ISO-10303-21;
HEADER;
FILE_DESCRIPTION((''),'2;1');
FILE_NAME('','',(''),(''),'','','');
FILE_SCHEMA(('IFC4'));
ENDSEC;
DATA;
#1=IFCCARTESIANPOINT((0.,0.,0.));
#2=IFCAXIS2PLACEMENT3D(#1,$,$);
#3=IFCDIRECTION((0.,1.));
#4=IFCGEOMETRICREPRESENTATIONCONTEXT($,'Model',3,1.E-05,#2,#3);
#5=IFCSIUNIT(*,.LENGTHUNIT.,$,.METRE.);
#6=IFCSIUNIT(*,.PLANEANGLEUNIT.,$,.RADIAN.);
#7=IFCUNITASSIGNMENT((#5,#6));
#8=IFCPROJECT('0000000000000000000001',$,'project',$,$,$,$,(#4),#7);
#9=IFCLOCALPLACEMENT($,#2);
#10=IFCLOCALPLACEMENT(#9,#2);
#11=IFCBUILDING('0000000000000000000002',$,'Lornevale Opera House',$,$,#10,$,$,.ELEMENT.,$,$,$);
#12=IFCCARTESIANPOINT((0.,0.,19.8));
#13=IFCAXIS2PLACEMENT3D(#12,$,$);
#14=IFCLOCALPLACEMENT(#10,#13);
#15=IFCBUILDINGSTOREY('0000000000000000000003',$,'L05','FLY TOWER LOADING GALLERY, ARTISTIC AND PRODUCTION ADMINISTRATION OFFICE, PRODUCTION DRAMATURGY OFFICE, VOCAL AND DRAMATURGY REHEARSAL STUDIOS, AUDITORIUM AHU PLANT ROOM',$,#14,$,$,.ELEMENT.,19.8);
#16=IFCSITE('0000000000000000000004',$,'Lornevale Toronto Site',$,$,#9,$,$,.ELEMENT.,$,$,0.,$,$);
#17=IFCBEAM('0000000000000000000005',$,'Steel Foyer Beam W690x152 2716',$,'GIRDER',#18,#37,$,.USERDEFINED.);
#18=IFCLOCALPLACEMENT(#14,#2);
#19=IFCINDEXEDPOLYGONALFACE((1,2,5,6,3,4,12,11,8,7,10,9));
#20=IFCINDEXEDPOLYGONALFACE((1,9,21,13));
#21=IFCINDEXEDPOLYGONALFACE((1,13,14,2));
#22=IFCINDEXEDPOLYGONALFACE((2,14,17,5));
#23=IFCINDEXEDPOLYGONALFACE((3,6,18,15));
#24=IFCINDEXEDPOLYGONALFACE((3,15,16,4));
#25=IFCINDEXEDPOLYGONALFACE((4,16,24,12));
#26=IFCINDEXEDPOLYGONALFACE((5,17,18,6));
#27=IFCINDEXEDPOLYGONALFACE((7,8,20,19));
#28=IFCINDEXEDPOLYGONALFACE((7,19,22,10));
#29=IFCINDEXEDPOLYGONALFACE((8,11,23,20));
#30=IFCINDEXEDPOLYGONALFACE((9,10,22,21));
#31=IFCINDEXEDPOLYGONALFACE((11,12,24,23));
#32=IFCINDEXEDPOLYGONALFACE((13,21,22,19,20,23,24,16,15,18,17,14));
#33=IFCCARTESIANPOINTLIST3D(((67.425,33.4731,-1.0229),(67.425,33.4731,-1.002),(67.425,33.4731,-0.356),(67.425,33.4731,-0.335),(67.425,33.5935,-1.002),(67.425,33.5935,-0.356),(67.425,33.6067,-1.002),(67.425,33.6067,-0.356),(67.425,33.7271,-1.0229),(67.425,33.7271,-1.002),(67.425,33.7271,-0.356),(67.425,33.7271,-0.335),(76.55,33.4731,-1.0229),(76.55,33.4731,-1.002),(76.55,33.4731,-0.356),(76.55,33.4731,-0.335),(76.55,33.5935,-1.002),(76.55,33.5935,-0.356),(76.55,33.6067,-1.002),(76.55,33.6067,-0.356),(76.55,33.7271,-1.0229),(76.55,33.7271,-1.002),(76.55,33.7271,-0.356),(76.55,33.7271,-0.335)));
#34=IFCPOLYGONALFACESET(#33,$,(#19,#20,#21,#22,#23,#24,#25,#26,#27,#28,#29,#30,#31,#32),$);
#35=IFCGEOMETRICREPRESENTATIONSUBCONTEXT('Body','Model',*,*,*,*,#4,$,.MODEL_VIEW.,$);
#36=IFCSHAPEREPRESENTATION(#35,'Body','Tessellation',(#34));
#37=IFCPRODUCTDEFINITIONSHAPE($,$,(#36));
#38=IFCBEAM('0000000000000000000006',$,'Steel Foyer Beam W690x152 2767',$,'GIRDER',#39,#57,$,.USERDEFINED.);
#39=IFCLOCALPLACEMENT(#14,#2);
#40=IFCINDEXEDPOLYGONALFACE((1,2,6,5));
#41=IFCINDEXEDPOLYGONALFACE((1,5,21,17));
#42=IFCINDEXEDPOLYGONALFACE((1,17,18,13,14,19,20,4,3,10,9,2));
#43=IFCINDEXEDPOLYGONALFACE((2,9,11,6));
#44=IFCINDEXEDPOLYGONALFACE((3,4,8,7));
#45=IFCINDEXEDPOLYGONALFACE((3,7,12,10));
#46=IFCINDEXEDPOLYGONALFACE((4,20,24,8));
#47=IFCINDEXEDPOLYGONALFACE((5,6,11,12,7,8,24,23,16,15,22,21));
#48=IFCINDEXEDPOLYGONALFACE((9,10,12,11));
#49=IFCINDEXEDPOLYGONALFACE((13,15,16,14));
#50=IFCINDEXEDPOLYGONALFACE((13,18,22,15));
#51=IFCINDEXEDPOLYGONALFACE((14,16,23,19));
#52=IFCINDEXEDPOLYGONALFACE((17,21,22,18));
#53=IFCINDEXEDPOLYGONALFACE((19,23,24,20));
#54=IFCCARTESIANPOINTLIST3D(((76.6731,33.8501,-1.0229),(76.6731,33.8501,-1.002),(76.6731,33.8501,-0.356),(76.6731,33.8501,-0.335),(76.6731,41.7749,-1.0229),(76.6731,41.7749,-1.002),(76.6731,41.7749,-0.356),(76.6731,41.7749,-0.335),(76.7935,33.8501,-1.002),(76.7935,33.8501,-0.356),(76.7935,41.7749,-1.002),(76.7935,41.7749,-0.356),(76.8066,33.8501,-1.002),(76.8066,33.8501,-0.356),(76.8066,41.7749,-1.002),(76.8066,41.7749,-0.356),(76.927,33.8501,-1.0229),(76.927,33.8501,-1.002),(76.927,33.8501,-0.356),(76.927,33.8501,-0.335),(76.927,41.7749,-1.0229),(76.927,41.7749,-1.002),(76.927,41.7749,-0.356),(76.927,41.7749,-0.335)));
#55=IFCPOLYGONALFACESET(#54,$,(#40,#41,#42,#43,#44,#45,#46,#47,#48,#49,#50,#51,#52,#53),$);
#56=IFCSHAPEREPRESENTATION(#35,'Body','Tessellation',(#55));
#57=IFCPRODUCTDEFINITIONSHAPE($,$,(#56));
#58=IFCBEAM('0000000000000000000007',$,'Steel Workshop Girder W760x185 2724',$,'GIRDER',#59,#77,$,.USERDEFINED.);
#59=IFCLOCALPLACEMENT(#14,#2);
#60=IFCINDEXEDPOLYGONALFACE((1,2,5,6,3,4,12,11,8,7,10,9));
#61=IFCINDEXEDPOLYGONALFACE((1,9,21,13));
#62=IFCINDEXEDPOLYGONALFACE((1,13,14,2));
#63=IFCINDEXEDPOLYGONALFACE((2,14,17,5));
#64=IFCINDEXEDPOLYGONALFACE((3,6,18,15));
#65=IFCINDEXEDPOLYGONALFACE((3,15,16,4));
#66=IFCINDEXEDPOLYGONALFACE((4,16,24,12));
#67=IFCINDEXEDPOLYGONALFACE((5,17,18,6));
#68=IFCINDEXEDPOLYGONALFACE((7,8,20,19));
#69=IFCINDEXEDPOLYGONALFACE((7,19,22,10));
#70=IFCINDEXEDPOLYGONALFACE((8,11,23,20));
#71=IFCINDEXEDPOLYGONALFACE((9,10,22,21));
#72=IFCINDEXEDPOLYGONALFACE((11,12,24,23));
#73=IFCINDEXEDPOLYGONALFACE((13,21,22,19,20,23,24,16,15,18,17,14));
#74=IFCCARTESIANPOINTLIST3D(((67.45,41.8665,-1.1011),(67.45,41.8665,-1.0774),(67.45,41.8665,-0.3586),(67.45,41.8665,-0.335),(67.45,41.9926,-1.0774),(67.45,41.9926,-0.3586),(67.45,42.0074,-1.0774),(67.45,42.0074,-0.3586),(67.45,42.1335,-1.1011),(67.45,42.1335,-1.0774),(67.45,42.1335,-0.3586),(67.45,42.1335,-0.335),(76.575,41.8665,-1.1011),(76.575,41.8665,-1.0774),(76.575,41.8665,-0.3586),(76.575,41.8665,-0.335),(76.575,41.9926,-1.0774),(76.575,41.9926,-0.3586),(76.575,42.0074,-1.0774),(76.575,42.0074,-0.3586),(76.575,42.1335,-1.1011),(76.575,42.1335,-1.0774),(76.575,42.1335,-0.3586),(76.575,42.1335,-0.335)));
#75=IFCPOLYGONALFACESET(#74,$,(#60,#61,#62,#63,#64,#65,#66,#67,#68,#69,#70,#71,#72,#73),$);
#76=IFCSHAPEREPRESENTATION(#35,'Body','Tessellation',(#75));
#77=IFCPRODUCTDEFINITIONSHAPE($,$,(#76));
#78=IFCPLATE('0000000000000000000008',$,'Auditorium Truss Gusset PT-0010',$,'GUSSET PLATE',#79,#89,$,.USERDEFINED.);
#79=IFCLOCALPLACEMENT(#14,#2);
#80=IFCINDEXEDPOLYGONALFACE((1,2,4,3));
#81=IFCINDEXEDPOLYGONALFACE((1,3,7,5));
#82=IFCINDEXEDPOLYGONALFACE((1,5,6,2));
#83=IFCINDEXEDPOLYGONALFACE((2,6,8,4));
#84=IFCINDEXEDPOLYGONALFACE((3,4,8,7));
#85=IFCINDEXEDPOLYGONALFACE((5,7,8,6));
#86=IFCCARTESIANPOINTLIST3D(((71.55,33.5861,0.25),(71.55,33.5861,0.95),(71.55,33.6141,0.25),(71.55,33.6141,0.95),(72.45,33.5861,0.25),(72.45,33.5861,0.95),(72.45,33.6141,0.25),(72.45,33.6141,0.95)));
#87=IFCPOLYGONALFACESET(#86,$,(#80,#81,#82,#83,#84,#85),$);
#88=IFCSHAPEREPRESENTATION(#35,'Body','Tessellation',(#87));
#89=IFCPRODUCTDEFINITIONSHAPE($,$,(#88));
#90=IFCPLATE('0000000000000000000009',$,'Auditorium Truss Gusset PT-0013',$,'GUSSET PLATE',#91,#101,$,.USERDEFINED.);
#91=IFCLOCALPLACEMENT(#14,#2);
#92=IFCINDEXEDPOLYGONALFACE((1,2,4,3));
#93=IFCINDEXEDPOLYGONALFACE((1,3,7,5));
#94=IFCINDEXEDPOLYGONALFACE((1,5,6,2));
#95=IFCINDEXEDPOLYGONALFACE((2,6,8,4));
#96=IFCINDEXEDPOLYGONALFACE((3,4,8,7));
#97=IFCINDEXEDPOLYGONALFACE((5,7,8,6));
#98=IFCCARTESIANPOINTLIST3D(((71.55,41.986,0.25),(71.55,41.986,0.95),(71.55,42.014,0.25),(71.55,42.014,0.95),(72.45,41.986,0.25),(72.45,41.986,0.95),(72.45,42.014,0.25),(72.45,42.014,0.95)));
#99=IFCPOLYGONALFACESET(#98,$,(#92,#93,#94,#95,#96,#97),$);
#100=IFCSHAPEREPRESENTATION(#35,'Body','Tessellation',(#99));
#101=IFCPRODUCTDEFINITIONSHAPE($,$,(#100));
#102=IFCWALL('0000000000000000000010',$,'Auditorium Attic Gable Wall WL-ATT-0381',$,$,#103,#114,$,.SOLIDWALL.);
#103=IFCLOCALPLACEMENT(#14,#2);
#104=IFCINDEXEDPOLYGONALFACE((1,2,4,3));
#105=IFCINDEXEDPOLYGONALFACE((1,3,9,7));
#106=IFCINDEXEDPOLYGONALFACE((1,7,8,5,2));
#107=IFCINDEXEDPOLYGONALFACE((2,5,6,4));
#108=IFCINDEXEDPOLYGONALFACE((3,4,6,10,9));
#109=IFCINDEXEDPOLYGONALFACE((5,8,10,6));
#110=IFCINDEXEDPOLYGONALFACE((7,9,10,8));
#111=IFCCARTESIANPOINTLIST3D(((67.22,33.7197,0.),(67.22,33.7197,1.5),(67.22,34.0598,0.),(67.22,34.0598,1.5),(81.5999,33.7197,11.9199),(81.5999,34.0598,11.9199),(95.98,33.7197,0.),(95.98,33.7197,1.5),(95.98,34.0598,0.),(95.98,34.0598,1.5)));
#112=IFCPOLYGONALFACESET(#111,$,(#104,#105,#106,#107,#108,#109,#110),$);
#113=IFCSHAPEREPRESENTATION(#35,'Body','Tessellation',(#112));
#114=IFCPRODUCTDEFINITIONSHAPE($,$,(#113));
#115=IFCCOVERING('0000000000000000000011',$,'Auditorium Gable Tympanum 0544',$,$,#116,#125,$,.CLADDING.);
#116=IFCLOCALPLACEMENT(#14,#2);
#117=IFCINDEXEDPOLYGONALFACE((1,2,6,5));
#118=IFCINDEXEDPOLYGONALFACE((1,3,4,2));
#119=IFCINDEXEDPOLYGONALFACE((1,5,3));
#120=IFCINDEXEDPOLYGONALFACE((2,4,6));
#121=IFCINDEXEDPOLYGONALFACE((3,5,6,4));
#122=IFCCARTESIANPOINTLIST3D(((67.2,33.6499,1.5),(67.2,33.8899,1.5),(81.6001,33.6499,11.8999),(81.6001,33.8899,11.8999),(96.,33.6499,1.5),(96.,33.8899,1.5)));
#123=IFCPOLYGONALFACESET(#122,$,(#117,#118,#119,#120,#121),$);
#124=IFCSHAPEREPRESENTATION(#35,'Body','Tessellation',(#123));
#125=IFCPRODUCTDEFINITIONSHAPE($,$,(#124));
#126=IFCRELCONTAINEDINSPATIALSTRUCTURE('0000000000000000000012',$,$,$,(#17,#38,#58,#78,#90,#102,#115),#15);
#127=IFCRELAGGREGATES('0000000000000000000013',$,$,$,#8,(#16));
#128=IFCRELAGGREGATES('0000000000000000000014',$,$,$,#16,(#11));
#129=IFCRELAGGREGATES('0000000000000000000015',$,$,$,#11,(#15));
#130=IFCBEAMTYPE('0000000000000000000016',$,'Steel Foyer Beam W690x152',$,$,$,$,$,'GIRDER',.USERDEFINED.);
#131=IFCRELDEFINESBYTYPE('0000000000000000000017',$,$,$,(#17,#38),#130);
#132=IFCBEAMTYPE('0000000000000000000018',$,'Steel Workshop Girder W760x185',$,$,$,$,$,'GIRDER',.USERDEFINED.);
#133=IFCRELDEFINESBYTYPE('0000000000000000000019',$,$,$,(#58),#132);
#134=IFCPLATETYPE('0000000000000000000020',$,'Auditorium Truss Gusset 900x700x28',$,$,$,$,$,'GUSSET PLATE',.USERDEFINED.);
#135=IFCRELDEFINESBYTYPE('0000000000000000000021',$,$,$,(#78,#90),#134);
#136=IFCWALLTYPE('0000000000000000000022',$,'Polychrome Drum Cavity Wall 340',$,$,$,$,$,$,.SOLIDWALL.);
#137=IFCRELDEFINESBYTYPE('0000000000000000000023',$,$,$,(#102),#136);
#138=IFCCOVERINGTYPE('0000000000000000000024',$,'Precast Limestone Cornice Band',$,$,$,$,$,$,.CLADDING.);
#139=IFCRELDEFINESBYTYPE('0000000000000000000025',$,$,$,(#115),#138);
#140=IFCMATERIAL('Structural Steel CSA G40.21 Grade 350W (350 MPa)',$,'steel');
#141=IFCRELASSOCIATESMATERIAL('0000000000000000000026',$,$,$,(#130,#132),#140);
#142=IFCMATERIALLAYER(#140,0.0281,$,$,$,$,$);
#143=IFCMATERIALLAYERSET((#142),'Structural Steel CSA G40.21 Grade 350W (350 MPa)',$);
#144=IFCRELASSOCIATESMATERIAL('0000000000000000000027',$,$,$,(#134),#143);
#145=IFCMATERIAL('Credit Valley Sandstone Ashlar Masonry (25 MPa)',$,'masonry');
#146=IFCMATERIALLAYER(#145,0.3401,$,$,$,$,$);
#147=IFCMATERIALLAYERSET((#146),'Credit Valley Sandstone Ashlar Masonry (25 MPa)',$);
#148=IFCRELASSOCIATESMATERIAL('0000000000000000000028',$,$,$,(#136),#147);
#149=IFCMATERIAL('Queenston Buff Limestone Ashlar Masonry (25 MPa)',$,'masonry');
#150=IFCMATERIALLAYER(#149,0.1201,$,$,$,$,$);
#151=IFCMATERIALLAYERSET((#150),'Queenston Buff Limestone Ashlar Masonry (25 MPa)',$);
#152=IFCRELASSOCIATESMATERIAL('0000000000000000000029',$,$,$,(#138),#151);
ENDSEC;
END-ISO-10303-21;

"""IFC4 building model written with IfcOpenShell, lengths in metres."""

from ifc_helpers import new_model, si_unit, direction, frame, origin, origin_2d, place, context, subcontext, project, spatial, polyline, rectangle, i_section, outline, extrude, material, layer, layer_set, material_profile, profile_set, type_object, element, save


model = new_model("IFC4")

# Units and contexts
model_context = context("Model", 3, precision=1e-05, world=origin(), true_north=direction((0.0, 1.0)))
body_context = subcontext(model_context, "Body", "Model", "MODEL_VIEW")
ifc_project = project(units=[si_unit("LENGTHUNIT", "METRE"), si_unit("PLANEANGLEUNIT", "RADIAN")], contexts=[model_context])

# Site, building, storey
site_placement = place(None, origin())
site = spatial("IfcSite", under=ifc_project, at=site_placement, Name="Lornevale Toronto Site", CompositionType="ELEMENT", RefElevation=0.0)
building_placement = place(site_placement, origin())
building = spatial("IfcBuilding", under=site, at=building_placement, Name="Lornevale Opera House", CompositionType="ELEMENT")
storey_placement = place(building_placement, frame((0.0, 0.0, 19.8)))
storey = spatial("IfcBuildingStorey", under=building, at=storey_placement, Name="L05", Description="FLY TOWER LOADING GALLERY, ARTISTIC AND PRODUCTION ADMINISTRATION OFFICE, PRODUCTION DRAMATURGY OFFICE, VOCAL AND DRAMATURGY REHEARSAL STUDIOS, AUDITORIUM AHU PLANT ROOM", CompositionType="ELEMENT", Elevation=19.8)

# Shared definitions
ifc_material_1 = material(Name="Structural Steel CSA G40.21 Grade 350W (350 MPa)", Category="steel")

# Beams
ifc_material_profile_1 = material_profile(ifc_material_1, i_section(OverallWidth=0.2539, OverallDepth=0.688, WebThickness=0.0132, FlangeThickness=0.021, at=origin_2d()), Name="W690x152")
ifc_profile_set_1 = profile_set([ifc_material_profile_1], Name="Structural Steel CSA G40.21 Grade 350W (350 MPa)")
beam_type_1 = type_object("IfcBeamType", Name="Steel Foyer Beam W690x152", ElementType="GIRDER", PredefinedType="USERDEFINED", material=ifc_profile_set_1)
beam_1_placement = place(storey_placement, frame((67.425, 33.6001, -0.679), z_axis=(1.0, 0.0, 0.0), x_axis=(0.0, 1.0, 0.0)))
element("IfcBeam", 1, at=beam_1_placement, inside=storey, type_object=beam_type_1, Name="Steel Foyer Beam W690x152 2716", ObjectType="GIRDER", PredefinedType="USERDEFINED", context=body_context, shape_type="SweptSolid", body=[
    extrude(i_section(OverallWidth=0.2539, OverallDepth=0.688, WebThickness=0.0132, FlangeThickness=0.021, at=origin_2d()), origin(), (0.0, 0.0, 1.0), 9.125),
])
beam_2_placement = place(storey_placement, frame((76.8, 33.8501, -0.679), z_axis=(0.0, 1.0, 0.0), x_axis=(-1.0, 0.0, 0.0)))
element("IfcBeam", 2, at=beam_2_placement, inside=storey, type_object=beam_type_1, Name="Steel Foyer Beam W690x152 2767", ObjectType="GIRDER", PredefinedType="USERDEFINED", context=body_context, shape_type="SweptSolid", body=[
    extrude(i_section(OverallWidth=0.2539, OverallDepth=0.688, WebThickness=0.0132, FlangeThickness=0.021, at=origin_2d()), origin(), (0.0, 0.0, 1.0), 7.9248),
])
ifc_material_profile_2 = material_profile(ifc_material_1, i_section(OverallWidth=0.2671, OverallDepth=0.7661, WebThickness=0.0149, FlangeThickness=0.0237, at=origin_2d()), Name="W760x185")
ifc_profile_set_2 = profile_set([ifc_material_profile_2], Name="Structural Steel CSA G40.21 Grade 350W (350 MPa)")
beam_type_2 = type_object("IfcBeamType", Name="Steel Workshop Girder W760x185", ElementType="GIRDER", PredefinedType="USERDEFINED", material=ifc_profile_set_2)
beam_3_placement = place(storey_placement, frame((67.45, 42.0, -0.718), z_axis=(1.0, 0.0, 0.0), x_axis=(0.0, 1.0, 0.0)))
element("IfcBeam", 3, at=beam_3_placement, inside=storey, type_object=beam_type_2, Name="Steel Workshop Girder W760x185 2724", ObjectType="GIRDER", PredefinedType="USERDEFINED", context=body_context, shape_type="SweptSolid", body=[
    extrude(i_section(OverallWidth=0.2671, OverallDepth=0.7661, WebThickness=0.0149, FlangeThickness=0.0237, at=origin_2d()), origin(), (0.0, 0.0, 1.0), 9.125),
])

# Plates
ifc_layer_1 = layer(ifc_material_1, 0.0281)
ifc_layer_set_1 = layer_set([ifc_layer_1], Name="Structural Steel CSA G40.21 Grade 350W (350 MPa)")
plate_type = type_object("IfcPlateType", Name="Auditorium Truss Gusset 900x700x28", ElementType="GUSSET PLATE", PredefinedType="USERDEFINED", material=ifc_layer_set_1)
for number, where, z_axis, x_axis, name in (
    (4, (72.0, 33.6001, 0.25), (0.0, 0.0, 1.0), (1.0, 0.0, 0.0), "Auditorium Truss Gusset PT-0010"),
    (5, (72.0, 42.0, 0.25), (0.0, 0.0, 1.0), (1.0, 0.0, 0.0), "Auditorium Truss Gusset PT-0013"),
):
    element("IfcPlate", number, at=place(storey_placement, frame(where, z_axis=z_axis, x_axis=x_axis)), inside=storey, type_object=plate_type, Name=name, ObjectType="GUSSET PLATE", PredefinedType="USERDEFINED", context=body_context, shape_type="SweptSolid", body=[
        extrude(rectangle(XDim=0.8999, YDim=0.0281, at=origin_2d()), origin(), (0.0, 0.0, 1.0), 0.7),
    ])

# Wall
ifc_material_2 = material(Name="Credit Valley Sandstone Ashlar Masonry (25 MPa)", Category="masonry")
ifc_layer_2 = layer(ifc_material_2, 0.3401)
ifc_layer_set_2 = layer_set([ifc_layer_2], Name="Credit Valley Sandstone Ashlar Masonry (25 MPa)")
wall_type = type_object("IfcWallType", Name="Polychrome Drum Cavity Wall 340", PredefinedType="SOLIDWALL", material=ifc_layer_set_2)
wall_placement = place(storey_placement, frame((67.22, 33.8899, 0.0), z_axis=(0.0, 0.0, 1.0), x_axis=(1.0, 0.0, 0.0)))
element("IfcWall", 6, at=wall_placement, inside=storey, type_object=wall_type, Name="Auditorium Attic Gable Wall WL-ATT-0381", PredefinedType="SOLIDWALL", context=body_context, shape_type="SweptSolid", body=[
    extrude(outline(polyline([(0.0, 0.0), (28.76, 0.0), (28.76, 1.5), (14.3799, 11.9199), (0.0, 1.5), (0.0, 0.0)])), frame((0.0, 0.1699, 0.0), z_axis=(0.0, -1.0, 0.0), x_axis=(1.0, 0.0, 0.0)), (0.0, 0.0, 1.0), 0.3401),
])

# Covering
ifc_material_3 = material(Name="Queenston Buff Limestone Ashlar Masonry (25 MPa)", Category="masonry")
ifc_layer_3 = layer(ifc_material_3, 0.1201)
ifc_layer_set_3 = layer_set([ifc_layer_3], Name="Queenston Buff Limestone Ashlar Masonry (25 MPa)")
covering_type = type_object("IfcCoveringType", Name="Precast Limestone Cornice Band", PredefinedType="CLADDING", material=ifc_layer_set_3)
covering_placement = place(storey_placement, frame((67.2, 33.8899, 1.5), z_axis=(0.0, 1.0, 0.0), x_axis=(0.810685, 0.0, 0.585483)))
element("IfcCovering", 7, at=covering_placement, inside=storey, type_object=covering_type, Name="Auditorium Gable Tympanum 0544", PredefinedType="CLADDING", context=body_context, shape_type="SweptSolid", body=[
    extrude(outline(polyline([(0.0, 0.0), (17.7629, 0.0), (23.3478, 16.8619), (0.0, 0.0)])), origin(), (0.0, 0.0, -1.0), 0.24),
])

save(model, "model.ifc")
